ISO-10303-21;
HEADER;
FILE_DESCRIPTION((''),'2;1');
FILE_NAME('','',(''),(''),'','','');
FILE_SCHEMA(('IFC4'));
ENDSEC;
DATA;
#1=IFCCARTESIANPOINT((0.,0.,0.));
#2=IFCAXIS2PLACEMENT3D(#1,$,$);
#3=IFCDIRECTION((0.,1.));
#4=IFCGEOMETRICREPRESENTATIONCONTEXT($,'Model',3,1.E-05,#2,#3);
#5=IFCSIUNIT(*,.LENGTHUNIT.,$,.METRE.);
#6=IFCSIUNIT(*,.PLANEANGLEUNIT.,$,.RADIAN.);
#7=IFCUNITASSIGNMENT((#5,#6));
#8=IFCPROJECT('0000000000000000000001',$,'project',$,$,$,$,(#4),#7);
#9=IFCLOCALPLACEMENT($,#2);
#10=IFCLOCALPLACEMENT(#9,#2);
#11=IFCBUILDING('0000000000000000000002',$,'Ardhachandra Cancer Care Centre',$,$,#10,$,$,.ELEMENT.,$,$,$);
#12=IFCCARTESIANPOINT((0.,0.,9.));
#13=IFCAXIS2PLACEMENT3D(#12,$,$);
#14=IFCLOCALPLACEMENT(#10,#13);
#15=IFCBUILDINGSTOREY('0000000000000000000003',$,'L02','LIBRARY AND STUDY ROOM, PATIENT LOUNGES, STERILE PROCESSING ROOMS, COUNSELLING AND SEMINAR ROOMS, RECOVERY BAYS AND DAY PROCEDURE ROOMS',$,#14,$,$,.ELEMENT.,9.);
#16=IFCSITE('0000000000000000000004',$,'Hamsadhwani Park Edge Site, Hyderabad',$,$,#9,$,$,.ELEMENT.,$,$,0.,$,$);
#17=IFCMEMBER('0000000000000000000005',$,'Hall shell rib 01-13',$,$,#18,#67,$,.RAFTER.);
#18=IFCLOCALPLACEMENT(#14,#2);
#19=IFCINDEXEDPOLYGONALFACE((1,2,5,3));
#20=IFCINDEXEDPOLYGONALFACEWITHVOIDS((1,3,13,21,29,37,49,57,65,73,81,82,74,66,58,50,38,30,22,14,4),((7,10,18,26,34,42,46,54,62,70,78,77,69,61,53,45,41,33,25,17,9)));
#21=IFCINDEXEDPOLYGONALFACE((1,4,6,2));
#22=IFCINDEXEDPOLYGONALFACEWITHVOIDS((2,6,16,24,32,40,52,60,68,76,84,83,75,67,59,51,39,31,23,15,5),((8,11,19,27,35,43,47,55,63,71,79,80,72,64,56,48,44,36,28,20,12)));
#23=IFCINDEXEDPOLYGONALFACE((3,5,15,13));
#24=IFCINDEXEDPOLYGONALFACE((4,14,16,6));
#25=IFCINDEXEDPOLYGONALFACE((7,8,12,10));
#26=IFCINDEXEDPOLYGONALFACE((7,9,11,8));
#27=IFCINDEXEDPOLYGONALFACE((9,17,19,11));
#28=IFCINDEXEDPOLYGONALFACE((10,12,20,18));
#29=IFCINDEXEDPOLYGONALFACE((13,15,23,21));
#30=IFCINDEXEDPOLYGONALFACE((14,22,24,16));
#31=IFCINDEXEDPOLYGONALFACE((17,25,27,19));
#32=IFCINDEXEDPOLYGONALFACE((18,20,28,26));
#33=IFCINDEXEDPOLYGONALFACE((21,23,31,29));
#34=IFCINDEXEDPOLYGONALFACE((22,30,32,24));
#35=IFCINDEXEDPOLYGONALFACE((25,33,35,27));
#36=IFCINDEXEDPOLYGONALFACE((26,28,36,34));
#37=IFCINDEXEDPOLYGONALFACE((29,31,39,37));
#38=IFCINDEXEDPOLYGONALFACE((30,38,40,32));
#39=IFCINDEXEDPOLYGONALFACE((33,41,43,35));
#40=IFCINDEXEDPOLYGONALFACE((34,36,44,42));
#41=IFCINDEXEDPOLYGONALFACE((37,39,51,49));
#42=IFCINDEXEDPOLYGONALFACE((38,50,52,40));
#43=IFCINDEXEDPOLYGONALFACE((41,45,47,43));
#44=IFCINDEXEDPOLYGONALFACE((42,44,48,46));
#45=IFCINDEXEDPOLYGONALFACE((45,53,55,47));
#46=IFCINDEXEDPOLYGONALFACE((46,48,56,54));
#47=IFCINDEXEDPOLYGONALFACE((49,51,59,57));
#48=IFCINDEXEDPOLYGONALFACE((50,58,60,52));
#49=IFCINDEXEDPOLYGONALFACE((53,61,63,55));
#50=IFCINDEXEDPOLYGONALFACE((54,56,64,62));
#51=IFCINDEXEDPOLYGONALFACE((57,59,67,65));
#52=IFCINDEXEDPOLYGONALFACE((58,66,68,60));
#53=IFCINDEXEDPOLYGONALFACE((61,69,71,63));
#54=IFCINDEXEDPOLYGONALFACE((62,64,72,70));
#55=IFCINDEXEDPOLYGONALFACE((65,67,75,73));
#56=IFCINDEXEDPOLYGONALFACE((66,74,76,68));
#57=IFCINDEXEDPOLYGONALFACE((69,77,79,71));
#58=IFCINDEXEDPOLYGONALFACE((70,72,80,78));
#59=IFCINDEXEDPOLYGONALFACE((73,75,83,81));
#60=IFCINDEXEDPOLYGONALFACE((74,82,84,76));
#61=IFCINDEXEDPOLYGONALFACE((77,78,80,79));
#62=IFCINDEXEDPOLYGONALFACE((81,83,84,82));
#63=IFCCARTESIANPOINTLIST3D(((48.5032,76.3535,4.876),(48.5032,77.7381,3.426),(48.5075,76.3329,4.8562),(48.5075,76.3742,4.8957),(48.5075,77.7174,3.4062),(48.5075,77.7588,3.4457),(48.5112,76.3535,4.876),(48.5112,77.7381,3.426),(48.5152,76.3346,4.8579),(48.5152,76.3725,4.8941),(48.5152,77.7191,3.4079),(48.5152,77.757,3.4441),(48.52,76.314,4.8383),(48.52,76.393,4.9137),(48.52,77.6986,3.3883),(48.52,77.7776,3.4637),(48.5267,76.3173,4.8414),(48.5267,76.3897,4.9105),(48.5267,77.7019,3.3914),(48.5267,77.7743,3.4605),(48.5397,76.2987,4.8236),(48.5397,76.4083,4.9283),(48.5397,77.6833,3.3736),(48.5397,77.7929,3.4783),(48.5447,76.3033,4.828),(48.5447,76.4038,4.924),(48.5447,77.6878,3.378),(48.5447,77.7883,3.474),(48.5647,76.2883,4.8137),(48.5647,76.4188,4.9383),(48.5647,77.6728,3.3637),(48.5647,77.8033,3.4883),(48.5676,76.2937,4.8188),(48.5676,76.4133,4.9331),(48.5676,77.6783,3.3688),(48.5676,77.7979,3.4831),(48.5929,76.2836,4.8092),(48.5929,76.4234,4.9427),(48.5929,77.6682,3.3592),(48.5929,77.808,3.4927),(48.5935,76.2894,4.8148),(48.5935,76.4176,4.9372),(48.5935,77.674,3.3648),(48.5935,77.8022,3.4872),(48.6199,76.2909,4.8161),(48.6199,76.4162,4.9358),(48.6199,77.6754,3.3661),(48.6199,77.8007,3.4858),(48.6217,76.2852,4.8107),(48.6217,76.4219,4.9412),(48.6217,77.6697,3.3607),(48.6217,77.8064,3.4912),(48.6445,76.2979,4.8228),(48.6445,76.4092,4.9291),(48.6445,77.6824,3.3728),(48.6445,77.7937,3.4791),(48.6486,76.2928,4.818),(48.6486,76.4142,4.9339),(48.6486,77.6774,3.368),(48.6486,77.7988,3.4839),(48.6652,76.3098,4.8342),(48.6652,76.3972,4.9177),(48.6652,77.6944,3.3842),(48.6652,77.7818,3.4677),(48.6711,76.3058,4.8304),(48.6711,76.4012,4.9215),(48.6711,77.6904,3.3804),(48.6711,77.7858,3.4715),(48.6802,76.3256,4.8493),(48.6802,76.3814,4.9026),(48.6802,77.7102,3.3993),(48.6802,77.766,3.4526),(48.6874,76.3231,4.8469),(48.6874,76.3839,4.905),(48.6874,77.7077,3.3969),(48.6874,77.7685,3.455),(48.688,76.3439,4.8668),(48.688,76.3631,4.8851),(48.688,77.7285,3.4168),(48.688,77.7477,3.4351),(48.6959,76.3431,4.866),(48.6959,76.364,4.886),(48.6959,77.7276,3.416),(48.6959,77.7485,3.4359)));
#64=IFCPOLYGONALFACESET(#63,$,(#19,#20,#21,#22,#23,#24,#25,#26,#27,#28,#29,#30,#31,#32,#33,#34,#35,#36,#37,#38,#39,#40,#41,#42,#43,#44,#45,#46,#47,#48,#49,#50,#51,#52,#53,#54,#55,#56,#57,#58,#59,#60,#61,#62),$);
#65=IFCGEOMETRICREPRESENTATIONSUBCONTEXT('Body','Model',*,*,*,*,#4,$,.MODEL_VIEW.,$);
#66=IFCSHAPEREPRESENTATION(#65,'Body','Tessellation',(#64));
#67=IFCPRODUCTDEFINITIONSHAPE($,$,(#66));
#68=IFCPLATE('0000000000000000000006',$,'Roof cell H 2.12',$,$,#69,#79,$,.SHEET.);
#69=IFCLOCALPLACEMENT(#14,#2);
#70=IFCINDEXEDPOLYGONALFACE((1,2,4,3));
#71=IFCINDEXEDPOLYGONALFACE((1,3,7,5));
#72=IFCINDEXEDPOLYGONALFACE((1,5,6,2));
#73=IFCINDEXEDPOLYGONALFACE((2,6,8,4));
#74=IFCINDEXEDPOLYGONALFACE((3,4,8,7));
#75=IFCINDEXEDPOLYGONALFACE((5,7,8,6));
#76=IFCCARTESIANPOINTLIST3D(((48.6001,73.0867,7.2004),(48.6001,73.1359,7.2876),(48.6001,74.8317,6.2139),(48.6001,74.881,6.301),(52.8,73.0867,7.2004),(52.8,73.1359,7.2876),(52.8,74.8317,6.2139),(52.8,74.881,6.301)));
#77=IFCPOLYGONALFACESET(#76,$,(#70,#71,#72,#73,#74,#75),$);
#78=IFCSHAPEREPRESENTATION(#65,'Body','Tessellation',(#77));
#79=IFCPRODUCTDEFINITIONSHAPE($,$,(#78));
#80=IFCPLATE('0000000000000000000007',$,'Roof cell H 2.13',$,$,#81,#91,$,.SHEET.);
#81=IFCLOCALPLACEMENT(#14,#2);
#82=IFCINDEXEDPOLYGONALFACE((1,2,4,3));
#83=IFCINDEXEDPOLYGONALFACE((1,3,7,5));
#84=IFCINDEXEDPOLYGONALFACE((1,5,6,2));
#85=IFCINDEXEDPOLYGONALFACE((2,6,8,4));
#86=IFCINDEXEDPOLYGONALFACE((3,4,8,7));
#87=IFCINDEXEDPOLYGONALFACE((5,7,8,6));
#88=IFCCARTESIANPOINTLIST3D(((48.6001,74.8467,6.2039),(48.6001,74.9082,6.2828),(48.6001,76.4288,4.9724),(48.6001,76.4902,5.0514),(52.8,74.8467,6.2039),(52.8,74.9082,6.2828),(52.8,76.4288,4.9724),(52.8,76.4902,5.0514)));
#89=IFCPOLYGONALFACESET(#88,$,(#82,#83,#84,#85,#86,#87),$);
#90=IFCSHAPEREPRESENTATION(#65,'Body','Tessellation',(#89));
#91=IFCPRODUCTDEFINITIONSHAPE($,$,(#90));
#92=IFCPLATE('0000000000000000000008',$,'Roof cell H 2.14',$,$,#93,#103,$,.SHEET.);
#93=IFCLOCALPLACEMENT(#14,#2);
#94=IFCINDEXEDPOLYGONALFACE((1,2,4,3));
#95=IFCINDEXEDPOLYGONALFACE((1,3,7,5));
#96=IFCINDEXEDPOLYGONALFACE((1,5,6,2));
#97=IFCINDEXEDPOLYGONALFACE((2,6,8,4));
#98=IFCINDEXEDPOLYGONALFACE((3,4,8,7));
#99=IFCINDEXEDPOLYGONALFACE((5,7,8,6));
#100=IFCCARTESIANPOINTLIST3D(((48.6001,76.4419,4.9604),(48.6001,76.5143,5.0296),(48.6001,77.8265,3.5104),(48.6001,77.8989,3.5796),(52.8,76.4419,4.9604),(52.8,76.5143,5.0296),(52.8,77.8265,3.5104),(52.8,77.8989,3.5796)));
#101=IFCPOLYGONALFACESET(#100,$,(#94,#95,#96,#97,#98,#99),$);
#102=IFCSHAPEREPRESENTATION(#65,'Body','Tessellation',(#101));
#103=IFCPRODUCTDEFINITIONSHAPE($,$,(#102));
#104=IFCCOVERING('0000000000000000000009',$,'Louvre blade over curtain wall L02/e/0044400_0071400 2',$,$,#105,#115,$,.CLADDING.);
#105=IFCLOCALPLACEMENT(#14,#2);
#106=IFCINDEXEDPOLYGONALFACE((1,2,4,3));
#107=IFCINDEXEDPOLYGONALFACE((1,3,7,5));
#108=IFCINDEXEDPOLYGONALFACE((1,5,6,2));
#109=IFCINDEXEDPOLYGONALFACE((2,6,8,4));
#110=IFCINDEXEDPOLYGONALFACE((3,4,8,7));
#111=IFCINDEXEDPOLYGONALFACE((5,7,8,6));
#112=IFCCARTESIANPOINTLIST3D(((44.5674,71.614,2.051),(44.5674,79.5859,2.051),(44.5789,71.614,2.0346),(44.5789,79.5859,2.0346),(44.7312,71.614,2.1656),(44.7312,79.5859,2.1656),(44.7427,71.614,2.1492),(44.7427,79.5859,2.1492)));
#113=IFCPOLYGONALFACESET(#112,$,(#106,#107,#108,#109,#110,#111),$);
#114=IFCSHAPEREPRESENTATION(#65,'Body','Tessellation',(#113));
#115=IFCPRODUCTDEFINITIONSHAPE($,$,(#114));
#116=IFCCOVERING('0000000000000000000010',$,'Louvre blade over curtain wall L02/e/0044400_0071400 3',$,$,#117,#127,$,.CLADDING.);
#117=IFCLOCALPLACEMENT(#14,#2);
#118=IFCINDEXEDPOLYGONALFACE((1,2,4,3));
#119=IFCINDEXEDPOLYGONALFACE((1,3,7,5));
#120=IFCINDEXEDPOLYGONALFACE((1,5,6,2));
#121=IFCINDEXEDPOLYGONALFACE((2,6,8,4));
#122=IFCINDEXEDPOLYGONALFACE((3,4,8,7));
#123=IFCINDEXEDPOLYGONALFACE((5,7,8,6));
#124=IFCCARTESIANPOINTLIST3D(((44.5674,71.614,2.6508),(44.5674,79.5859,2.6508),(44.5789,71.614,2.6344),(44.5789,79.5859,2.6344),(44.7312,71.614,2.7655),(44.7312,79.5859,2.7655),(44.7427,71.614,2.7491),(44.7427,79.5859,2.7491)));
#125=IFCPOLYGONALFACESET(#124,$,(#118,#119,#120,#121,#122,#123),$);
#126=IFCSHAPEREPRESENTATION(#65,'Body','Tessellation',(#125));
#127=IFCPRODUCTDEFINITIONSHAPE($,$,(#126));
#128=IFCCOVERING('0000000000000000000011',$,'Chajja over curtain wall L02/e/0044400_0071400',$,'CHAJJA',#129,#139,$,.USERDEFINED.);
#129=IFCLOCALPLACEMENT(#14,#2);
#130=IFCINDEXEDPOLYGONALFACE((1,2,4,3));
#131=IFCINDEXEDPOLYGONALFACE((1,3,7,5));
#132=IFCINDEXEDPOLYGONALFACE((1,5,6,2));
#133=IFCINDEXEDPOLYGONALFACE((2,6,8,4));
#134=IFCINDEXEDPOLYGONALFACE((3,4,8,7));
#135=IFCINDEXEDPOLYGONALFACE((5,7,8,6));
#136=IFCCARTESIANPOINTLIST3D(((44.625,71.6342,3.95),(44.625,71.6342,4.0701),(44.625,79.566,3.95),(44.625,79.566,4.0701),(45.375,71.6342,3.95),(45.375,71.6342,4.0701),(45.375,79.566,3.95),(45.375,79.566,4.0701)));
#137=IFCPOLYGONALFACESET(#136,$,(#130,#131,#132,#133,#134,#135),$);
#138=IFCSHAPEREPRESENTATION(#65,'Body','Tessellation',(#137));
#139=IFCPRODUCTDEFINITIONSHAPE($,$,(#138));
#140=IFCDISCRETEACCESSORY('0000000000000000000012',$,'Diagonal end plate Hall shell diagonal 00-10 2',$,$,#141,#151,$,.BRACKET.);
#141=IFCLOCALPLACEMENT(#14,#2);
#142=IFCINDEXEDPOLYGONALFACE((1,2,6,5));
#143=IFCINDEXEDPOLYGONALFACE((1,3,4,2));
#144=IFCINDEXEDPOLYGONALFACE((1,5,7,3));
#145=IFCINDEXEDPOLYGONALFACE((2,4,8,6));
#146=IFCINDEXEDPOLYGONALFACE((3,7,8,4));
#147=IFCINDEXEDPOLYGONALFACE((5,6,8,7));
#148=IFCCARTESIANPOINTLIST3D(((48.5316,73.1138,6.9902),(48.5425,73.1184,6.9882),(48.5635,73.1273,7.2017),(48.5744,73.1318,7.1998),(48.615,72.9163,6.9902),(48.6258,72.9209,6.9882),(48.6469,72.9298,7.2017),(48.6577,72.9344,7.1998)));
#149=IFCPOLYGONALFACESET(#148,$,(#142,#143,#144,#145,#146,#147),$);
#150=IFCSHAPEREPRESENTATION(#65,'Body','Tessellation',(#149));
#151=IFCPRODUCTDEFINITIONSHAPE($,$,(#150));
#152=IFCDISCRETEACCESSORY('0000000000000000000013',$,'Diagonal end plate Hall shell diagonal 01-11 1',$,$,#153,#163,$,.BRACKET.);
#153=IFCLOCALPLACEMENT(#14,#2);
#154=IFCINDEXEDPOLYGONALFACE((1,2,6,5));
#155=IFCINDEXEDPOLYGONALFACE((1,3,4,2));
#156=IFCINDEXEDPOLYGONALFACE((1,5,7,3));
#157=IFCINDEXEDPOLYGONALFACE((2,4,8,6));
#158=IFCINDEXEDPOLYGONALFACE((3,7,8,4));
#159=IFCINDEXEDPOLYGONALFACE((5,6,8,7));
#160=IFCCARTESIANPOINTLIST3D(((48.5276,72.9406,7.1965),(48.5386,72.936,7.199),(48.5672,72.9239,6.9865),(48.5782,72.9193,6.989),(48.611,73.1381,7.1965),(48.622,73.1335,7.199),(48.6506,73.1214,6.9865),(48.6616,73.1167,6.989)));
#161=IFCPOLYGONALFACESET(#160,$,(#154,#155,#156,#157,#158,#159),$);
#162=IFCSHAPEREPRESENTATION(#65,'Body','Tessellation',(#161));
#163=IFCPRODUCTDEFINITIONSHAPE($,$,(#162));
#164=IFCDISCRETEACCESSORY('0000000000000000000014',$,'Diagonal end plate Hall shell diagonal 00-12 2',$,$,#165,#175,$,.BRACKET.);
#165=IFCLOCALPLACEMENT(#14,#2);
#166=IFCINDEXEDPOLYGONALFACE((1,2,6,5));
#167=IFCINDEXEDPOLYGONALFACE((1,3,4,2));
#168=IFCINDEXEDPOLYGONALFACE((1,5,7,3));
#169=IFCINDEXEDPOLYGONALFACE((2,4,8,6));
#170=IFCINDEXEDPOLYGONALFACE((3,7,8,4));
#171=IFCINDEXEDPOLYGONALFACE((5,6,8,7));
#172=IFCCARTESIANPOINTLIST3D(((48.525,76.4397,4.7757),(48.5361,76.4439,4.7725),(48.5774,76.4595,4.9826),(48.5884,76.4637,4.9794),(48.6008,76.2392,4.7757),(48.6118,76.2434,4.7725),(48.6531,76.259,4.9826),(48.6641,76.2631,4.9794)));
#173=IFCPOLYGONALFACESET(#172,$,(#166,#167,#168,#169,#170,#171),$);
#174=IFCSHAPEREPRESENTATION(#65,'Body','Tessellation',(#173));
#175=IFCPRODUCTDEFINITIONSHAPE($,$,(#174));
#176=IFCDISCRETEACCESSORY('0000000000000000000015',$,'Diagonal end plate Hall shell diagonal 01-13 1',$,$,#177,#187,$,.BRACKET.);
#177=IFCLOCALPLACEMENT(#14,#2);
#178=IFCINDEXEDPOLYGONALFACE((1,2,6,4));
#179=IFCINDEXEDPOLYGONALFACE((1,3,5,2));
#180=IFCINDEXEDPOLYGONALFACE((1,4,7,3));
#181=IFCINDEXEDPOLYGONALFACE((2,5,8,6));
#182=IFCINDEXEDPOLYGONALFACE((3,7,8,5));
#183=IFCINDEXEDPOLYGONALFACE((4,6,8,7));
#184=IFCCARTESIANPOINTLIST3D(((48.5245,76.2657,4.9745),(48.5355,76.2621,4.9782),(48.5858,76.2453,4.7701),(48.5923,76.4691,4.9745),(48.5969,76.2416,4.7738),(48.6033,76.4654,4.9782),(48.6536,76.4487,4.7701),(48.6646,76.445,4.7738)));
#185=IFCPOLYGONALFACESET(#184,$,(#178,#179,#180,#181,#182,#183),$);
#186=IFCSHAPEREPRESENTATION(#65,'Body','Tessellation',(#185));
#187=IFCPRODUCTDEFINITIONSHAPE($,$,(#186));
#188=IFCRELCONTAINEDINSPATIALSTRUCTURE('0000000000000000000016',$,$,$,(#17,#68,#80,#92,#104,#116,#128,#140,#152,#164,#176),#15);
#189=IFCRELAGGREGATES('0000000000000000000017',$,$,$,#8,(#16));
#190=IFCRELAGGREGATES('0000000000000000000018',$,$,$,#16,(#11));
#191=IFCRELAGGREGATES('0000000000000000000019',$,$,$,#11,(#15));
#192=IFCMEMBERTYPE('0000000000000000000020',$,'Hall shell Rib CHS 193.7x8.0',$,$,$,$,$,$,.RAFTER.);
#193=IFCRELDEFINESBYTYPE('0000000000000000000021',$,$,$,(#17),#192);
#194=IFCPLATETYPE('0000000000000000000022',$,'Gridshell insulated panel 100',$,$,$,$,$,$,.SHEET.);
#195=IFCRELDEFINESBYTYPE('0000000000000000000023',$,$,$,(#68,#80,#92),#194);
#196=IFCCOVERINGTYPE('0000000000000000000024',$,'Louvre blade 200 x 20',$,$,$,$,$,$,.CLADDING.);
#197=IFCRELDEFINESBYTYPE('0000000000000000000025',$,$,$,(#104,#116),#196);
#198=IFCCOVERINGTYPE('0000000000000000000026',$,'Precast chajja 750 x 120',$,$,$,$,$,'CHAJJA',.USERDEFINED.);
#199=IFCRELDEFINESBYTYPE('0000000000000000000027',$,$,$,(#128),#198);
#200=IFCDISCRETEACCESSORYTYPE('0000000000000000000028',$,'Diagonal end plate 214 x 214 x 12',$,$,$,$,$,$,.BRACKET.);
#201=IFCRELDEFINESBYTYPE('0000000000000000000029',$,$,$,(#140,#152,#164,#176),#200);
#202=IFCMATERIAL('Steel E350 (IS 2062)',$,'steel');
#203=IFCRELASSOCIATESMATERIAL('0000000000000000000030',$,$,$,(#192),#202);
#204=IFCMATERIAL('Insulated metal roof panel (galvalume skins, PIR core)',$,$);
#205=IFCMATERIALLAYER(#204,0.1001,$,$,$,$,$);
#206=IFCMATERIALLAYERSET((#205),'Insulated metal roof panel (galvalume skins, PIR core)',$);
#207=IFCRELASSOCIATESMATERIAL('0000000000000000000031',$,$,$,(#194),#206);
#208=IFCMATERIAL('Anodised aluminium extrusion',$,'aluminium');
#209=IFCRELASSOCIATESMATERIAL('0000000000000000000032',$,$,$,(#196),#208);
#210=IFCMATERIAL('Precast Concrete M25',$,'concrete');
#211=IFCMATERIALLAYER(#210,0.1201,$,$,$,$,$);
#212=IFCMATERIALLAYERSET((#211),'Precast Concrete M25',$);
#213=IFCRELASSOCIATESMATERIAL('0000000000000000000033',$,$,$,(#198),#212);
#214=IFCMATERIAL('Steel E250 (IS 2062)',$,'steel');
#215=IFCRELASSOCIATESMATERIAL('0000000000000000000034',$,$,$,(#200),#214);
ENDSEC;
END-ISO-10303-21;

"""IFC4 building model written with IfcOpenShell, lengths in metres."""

from ifc_helpers import new_model, si_unit, direction, frame, origin, origin_2d, place, context, subcontext, project, spatial, polyline, rectangle, hollow_circle, outline, extrude, material, layer, layer_set, material_profile, profile_set, type_object, element, save


model = new_model("IFC4")

# Units and contexts
model_context = context("Model", 3, precision=1e-05, world=origin(), true_north=direction((0.0, 1.0)))
body_context = subcontext(model_context, "Body", "Model", "MODEL_VIEW")
ifc_project = project(units=[si_unit("LENGTHUNIT", "METRE"), si_unit("PLANEANGLEUNIT", "RADIAN")], contexts=[model_context])

# Site, building, storey
site_placement = place(None, origin())
site = spatial("IfcSite", under=ifc_project, at=site_placement, Name="Hamsadhwani Park Edge Site, Hyderabad", CompositionType="ELEMENT", RefElevation=0.0)
building_placement = place(site_placement, origin())
building = spatial("IfcBuilding", under=site, at=building_placement, Name="Ardhachandra Cancer Care Centre", CompositionType="ELEMENT")
storey_placement = place(building_placement, frame((0.0, 0.0, 9.0)))
storey = spatial("IfcBuildingStorey", under=building, at=storey_placement, Name="L02", Description="LIBRARY AND STUDY ROOM, PATIENT LOUNGES, STERILE PROCESSING ROOMS, COUNSELLING AND SEMINAR ROOMS, RECOVERY BAYS AND DAY PROCEDURE ROOMS", CompositionType="ELEMENT", Elevation=9.0)

# Member
ifc_material_1 = material(Name="Steel E350 (IS 2062)", Category="steel")
ifc_material_profile_1 = material_profile(ifc_material_1, hollow_circle(Radius=0.0969, WallThickness=0.0081, at=origin_2d()), Name="CHS 193.7x8.0")
ifc_profile_set_1 = profile_set([ifc_material_profile_1], Name="Steel E350 (IS 2062)")
member_type_1 = type_object("IfcMemberType", Name="Hall shell Rib CHS 193.7x8.0", PredefinedType="RAFTER", material=ifc_profile_set_1)
member_1_placement = place(storey_placement, frame((48.6001, 76.3535, 4.876), z_axis=(0.0, 0.6906, -0.723237), x_axis=(-1.0, 0.0, 0.0)))
element("IfcMember", 1, at=member_1_placement, inside=storey, type_object=member_type_1, Name="Hall shell rib 01-13", PredefinedType="RAFTER", context=body_context, shape_type="SweptSolid", body=[
    extrude(hollow_circle(Radius=0.0969, WallThickness=0.0081, at=origin_2d()), origin(), (0.0, 0.0, 1.0), 2.0049),
])

# Plates
ifc_material_2 = material(Name="Insulated metal roof panel (galvalume skins, PIR core)")
ifc_layer_1 = layer(ifc_material_2, 0.1001)
ifc_layer_set_1 = layer_set([ifc_layer_1], Name="Insulated metal roof panel (galvalume skins, PIR core)")
plate_type = type_object("IfcPlateType", Name="Gridshell insulated panel 100", PredefinedType="SHEET", material=ifc_layer_set_1)
plate_placement = place(storey_placement, frame((48.6001, 73.0867, 7.2004), z_axis=(0.0, 0.492134, 0.87052), x_axis=(1.0, 0.0, 0.0)))
element("IfcPlate", 2, at=plate_placement, inside=storey, type_object=plate_type, Name="Roof cell H 2.12", PredefinedType="SHEET", context=body_context, shape_type="SweptSolid", body=[
    extrude(outline(polyline([(0.0, 0.0), (4.2, 0.0), (4.2, 2.0046), (0.0, 2.0046), (0.0, 0.0)])), origin(), (0.0, 0.0, 1.0), 0.1001),
])
for number, where, z_axis, x_axis, name in (
    (3, (48.6001, 74.8467, 6.2039), (0.0, 0.614244, 0.789116), (1.0, 0.0, 0.0), "Roof cell H 2.13"),
    (4, (48.6001, 76.4419, 4.9604), (0.0, 0.723237, 0.6906), (1.0, 0.0, 0.0), "Roof cell H 2.14"),
):
    element("IfcPlate", number, at=place(storey_placement, frame(where, z_axis=z_axis, x_axis=x_axis)), inside=storey, type_object=plate_type, Name=name, PredefinedType="SHEET", context=body_context, shape_type="SweptSolid", body=[
        extrude(outline(polyline([(0.0, 0.0), (4.2, 0.0), (4.2, 2.0049), (0.0, 2.0049), (0.0, 0.0)])), origin(), (0.0, 0.0, 1.0), 0.1001),
    ])

# Coverings
ifc_material_3 = material(Name="Anodised aluminium extrusion", Category="aluminium")
ifc_material_profile_2 = material_profile(ifc_material_3, rectangle(XDim=0.2, YDim=0.02, at=origin_2d()), Name="Louvre blade 200 x 20")
ifc_profile_set_2 = profile_set([ifc_material_profile_2], Name="Anodised aluminium extrusion")
covering_type_1 = type_object("IfcCoveringType", Name="Louvre blade 200 x 20", PredefinedType="CLADDING", material=ifc_profile_set_2)
for number, where, z_axis, x_axis, name in (
    (5, (44.655, 71.614, 2.1001), (0.0, 1.0, 0.0), (-0.819152, 0.0, -0.573576), "Louvre blade over curtain wall L02/e/0044400_0071400 2"),
    (6, (44.655, 71.614, 2.7), (0.0, 1.0, 0.0), (-0.819152, 0.0, -0.573576), "Louvre blade over curtain wall L02/e/0044400_0071400 3"),
):
    element("IfcCovering", number, at=place(storey_placement, frame(where, z_axis=z_axis, x_axis=x_axis)), inside=storey, type_object=covering_type_1, Name=name, PredefinedType="CLADDING", context=body_context, shape_type="SweptSolid", body=[
        extrude(rectangle(XDim=0.2, YDim=0.02, at=origin_2d()), origin(), (0.0, 0.0, 1.0), 7.9719),
    ])
ifc_material_4 = material(Name="Precast Concrete M25", Category="concrete")
ifc_layer_2 = layer(ifc_material_4, 0.1201)
ifc_layer_set_2 = layer_set([ifc_layer_2], Name="Precast Concrete M25")
covering_type_2 = type_object("IfcCoveringType", Name="Precast chajja 750 x 120", ElementType="CHAJJA", PredefinedType="USERDEFINED", material=ifc_layer_set_2)
covering_placement = place(storey_placement, frame((45.0, 75.6001, 3.95), z_axis=(0.0, 0.0, 1.0), x_axis=(0.0, 1.0, 0.0)))
element("IfcCovering", 7, at=covering_placement, inside=storey, type_object=covering_type_2, Name="Chajja over curtain wall L02/e/0044400_0071400", ObjectType="CHAJJA", PredefinedType="USERDEFINED", context=body_context, shape_type="SweptSolid", body=[
    extrude(rectangle(XDim=7.9319, YDim=0.75, at=origin_2d()), origin(), (0.0, 0.0, 1.0), 0.1201),
])

# Discrete accessories
ifc_material_5 = material(Name="Steel E250 (IS 2062)", Category="steel")
ifc_material_profile_3 = material_profile(ifc_material_5, rectangle(XDim=0.2144, YDim=0.2144, at=origin_2d()), Name="PL 214x214x12")
ifc_profile_set_3 = profile_set([ifc_material_profile_3], Name="Steel E250 (IS 2062)")
discrete_accessory_type_1 = type_object("IfcDiscreteAccessoryType", Name="Diagonal end plate 214 x 214 x 12", PredefinedType="BRACKET", material=ifc_profile_set_3)
discrete_accessory_placement = place(storey_placement, frame((48.6001, 73.0264, 7.094), z_axis=(-0.909137, -0.383858, 0.161624), x_axis=(0.388972, -0.92125, 0.0)))
element("IfcDiscreteAccessory", 8, at=discrete_accessory_placement, inside=storey, type_object=discrete_accessory_type_1, Name="Diagonal end plate Hall shell diagonal 00-10 2", PredefinedType="BRACKET", context=body_context, shape_type="SweptSolid", body=[
    extrude(rectangle(XDim=0.2144, YDim=0.2144, at=origin_2d()), origin(), (0.0, 0.0, 1.0), 0.012),
])
for number, where, z_axis, x_axis, name in (
    (9, (48.6001, 73.0264, 7.094), (-0.902531, 0.381068, -0.200562), (-0.388972, -0.92125, 0.0), "Diagonal end plate Hall shell diagonal 01-11 1"),
    (10, (48.6001, 76.3535, 4.876), (-0.903076, -0.341162, 0.260889), (0.353401, -0.935472, 0.0), "Diagonal end plate Hall shell diagonal 00-12 2"),
    (11, (48.6001, 76.3535, 4.876), (-0.904534, 0.301511, -0.301511), (-0.316228, -0.948683, 0.0), "Diagonal end plate Hall shell diagonal 01-13 1"),
):
    element("IfcDiscreteAccessory", number, at=place(storey_placement, frame(where, z_axis=z_axis, x_axis=x_axis)), inside=storey, type_object=discrete_accessory_type_1, Name=name, PredefinedType="BRACKET", context=body_context, shape_type="SweptSolid", body=[
        extrude(rectangle(XDim=0.2144, YDim=0.2144, at=origin_2d()), origin(), (0.0, 0.0, 1.0), 0.0122),
    ])

save(model, "model.ifc")
